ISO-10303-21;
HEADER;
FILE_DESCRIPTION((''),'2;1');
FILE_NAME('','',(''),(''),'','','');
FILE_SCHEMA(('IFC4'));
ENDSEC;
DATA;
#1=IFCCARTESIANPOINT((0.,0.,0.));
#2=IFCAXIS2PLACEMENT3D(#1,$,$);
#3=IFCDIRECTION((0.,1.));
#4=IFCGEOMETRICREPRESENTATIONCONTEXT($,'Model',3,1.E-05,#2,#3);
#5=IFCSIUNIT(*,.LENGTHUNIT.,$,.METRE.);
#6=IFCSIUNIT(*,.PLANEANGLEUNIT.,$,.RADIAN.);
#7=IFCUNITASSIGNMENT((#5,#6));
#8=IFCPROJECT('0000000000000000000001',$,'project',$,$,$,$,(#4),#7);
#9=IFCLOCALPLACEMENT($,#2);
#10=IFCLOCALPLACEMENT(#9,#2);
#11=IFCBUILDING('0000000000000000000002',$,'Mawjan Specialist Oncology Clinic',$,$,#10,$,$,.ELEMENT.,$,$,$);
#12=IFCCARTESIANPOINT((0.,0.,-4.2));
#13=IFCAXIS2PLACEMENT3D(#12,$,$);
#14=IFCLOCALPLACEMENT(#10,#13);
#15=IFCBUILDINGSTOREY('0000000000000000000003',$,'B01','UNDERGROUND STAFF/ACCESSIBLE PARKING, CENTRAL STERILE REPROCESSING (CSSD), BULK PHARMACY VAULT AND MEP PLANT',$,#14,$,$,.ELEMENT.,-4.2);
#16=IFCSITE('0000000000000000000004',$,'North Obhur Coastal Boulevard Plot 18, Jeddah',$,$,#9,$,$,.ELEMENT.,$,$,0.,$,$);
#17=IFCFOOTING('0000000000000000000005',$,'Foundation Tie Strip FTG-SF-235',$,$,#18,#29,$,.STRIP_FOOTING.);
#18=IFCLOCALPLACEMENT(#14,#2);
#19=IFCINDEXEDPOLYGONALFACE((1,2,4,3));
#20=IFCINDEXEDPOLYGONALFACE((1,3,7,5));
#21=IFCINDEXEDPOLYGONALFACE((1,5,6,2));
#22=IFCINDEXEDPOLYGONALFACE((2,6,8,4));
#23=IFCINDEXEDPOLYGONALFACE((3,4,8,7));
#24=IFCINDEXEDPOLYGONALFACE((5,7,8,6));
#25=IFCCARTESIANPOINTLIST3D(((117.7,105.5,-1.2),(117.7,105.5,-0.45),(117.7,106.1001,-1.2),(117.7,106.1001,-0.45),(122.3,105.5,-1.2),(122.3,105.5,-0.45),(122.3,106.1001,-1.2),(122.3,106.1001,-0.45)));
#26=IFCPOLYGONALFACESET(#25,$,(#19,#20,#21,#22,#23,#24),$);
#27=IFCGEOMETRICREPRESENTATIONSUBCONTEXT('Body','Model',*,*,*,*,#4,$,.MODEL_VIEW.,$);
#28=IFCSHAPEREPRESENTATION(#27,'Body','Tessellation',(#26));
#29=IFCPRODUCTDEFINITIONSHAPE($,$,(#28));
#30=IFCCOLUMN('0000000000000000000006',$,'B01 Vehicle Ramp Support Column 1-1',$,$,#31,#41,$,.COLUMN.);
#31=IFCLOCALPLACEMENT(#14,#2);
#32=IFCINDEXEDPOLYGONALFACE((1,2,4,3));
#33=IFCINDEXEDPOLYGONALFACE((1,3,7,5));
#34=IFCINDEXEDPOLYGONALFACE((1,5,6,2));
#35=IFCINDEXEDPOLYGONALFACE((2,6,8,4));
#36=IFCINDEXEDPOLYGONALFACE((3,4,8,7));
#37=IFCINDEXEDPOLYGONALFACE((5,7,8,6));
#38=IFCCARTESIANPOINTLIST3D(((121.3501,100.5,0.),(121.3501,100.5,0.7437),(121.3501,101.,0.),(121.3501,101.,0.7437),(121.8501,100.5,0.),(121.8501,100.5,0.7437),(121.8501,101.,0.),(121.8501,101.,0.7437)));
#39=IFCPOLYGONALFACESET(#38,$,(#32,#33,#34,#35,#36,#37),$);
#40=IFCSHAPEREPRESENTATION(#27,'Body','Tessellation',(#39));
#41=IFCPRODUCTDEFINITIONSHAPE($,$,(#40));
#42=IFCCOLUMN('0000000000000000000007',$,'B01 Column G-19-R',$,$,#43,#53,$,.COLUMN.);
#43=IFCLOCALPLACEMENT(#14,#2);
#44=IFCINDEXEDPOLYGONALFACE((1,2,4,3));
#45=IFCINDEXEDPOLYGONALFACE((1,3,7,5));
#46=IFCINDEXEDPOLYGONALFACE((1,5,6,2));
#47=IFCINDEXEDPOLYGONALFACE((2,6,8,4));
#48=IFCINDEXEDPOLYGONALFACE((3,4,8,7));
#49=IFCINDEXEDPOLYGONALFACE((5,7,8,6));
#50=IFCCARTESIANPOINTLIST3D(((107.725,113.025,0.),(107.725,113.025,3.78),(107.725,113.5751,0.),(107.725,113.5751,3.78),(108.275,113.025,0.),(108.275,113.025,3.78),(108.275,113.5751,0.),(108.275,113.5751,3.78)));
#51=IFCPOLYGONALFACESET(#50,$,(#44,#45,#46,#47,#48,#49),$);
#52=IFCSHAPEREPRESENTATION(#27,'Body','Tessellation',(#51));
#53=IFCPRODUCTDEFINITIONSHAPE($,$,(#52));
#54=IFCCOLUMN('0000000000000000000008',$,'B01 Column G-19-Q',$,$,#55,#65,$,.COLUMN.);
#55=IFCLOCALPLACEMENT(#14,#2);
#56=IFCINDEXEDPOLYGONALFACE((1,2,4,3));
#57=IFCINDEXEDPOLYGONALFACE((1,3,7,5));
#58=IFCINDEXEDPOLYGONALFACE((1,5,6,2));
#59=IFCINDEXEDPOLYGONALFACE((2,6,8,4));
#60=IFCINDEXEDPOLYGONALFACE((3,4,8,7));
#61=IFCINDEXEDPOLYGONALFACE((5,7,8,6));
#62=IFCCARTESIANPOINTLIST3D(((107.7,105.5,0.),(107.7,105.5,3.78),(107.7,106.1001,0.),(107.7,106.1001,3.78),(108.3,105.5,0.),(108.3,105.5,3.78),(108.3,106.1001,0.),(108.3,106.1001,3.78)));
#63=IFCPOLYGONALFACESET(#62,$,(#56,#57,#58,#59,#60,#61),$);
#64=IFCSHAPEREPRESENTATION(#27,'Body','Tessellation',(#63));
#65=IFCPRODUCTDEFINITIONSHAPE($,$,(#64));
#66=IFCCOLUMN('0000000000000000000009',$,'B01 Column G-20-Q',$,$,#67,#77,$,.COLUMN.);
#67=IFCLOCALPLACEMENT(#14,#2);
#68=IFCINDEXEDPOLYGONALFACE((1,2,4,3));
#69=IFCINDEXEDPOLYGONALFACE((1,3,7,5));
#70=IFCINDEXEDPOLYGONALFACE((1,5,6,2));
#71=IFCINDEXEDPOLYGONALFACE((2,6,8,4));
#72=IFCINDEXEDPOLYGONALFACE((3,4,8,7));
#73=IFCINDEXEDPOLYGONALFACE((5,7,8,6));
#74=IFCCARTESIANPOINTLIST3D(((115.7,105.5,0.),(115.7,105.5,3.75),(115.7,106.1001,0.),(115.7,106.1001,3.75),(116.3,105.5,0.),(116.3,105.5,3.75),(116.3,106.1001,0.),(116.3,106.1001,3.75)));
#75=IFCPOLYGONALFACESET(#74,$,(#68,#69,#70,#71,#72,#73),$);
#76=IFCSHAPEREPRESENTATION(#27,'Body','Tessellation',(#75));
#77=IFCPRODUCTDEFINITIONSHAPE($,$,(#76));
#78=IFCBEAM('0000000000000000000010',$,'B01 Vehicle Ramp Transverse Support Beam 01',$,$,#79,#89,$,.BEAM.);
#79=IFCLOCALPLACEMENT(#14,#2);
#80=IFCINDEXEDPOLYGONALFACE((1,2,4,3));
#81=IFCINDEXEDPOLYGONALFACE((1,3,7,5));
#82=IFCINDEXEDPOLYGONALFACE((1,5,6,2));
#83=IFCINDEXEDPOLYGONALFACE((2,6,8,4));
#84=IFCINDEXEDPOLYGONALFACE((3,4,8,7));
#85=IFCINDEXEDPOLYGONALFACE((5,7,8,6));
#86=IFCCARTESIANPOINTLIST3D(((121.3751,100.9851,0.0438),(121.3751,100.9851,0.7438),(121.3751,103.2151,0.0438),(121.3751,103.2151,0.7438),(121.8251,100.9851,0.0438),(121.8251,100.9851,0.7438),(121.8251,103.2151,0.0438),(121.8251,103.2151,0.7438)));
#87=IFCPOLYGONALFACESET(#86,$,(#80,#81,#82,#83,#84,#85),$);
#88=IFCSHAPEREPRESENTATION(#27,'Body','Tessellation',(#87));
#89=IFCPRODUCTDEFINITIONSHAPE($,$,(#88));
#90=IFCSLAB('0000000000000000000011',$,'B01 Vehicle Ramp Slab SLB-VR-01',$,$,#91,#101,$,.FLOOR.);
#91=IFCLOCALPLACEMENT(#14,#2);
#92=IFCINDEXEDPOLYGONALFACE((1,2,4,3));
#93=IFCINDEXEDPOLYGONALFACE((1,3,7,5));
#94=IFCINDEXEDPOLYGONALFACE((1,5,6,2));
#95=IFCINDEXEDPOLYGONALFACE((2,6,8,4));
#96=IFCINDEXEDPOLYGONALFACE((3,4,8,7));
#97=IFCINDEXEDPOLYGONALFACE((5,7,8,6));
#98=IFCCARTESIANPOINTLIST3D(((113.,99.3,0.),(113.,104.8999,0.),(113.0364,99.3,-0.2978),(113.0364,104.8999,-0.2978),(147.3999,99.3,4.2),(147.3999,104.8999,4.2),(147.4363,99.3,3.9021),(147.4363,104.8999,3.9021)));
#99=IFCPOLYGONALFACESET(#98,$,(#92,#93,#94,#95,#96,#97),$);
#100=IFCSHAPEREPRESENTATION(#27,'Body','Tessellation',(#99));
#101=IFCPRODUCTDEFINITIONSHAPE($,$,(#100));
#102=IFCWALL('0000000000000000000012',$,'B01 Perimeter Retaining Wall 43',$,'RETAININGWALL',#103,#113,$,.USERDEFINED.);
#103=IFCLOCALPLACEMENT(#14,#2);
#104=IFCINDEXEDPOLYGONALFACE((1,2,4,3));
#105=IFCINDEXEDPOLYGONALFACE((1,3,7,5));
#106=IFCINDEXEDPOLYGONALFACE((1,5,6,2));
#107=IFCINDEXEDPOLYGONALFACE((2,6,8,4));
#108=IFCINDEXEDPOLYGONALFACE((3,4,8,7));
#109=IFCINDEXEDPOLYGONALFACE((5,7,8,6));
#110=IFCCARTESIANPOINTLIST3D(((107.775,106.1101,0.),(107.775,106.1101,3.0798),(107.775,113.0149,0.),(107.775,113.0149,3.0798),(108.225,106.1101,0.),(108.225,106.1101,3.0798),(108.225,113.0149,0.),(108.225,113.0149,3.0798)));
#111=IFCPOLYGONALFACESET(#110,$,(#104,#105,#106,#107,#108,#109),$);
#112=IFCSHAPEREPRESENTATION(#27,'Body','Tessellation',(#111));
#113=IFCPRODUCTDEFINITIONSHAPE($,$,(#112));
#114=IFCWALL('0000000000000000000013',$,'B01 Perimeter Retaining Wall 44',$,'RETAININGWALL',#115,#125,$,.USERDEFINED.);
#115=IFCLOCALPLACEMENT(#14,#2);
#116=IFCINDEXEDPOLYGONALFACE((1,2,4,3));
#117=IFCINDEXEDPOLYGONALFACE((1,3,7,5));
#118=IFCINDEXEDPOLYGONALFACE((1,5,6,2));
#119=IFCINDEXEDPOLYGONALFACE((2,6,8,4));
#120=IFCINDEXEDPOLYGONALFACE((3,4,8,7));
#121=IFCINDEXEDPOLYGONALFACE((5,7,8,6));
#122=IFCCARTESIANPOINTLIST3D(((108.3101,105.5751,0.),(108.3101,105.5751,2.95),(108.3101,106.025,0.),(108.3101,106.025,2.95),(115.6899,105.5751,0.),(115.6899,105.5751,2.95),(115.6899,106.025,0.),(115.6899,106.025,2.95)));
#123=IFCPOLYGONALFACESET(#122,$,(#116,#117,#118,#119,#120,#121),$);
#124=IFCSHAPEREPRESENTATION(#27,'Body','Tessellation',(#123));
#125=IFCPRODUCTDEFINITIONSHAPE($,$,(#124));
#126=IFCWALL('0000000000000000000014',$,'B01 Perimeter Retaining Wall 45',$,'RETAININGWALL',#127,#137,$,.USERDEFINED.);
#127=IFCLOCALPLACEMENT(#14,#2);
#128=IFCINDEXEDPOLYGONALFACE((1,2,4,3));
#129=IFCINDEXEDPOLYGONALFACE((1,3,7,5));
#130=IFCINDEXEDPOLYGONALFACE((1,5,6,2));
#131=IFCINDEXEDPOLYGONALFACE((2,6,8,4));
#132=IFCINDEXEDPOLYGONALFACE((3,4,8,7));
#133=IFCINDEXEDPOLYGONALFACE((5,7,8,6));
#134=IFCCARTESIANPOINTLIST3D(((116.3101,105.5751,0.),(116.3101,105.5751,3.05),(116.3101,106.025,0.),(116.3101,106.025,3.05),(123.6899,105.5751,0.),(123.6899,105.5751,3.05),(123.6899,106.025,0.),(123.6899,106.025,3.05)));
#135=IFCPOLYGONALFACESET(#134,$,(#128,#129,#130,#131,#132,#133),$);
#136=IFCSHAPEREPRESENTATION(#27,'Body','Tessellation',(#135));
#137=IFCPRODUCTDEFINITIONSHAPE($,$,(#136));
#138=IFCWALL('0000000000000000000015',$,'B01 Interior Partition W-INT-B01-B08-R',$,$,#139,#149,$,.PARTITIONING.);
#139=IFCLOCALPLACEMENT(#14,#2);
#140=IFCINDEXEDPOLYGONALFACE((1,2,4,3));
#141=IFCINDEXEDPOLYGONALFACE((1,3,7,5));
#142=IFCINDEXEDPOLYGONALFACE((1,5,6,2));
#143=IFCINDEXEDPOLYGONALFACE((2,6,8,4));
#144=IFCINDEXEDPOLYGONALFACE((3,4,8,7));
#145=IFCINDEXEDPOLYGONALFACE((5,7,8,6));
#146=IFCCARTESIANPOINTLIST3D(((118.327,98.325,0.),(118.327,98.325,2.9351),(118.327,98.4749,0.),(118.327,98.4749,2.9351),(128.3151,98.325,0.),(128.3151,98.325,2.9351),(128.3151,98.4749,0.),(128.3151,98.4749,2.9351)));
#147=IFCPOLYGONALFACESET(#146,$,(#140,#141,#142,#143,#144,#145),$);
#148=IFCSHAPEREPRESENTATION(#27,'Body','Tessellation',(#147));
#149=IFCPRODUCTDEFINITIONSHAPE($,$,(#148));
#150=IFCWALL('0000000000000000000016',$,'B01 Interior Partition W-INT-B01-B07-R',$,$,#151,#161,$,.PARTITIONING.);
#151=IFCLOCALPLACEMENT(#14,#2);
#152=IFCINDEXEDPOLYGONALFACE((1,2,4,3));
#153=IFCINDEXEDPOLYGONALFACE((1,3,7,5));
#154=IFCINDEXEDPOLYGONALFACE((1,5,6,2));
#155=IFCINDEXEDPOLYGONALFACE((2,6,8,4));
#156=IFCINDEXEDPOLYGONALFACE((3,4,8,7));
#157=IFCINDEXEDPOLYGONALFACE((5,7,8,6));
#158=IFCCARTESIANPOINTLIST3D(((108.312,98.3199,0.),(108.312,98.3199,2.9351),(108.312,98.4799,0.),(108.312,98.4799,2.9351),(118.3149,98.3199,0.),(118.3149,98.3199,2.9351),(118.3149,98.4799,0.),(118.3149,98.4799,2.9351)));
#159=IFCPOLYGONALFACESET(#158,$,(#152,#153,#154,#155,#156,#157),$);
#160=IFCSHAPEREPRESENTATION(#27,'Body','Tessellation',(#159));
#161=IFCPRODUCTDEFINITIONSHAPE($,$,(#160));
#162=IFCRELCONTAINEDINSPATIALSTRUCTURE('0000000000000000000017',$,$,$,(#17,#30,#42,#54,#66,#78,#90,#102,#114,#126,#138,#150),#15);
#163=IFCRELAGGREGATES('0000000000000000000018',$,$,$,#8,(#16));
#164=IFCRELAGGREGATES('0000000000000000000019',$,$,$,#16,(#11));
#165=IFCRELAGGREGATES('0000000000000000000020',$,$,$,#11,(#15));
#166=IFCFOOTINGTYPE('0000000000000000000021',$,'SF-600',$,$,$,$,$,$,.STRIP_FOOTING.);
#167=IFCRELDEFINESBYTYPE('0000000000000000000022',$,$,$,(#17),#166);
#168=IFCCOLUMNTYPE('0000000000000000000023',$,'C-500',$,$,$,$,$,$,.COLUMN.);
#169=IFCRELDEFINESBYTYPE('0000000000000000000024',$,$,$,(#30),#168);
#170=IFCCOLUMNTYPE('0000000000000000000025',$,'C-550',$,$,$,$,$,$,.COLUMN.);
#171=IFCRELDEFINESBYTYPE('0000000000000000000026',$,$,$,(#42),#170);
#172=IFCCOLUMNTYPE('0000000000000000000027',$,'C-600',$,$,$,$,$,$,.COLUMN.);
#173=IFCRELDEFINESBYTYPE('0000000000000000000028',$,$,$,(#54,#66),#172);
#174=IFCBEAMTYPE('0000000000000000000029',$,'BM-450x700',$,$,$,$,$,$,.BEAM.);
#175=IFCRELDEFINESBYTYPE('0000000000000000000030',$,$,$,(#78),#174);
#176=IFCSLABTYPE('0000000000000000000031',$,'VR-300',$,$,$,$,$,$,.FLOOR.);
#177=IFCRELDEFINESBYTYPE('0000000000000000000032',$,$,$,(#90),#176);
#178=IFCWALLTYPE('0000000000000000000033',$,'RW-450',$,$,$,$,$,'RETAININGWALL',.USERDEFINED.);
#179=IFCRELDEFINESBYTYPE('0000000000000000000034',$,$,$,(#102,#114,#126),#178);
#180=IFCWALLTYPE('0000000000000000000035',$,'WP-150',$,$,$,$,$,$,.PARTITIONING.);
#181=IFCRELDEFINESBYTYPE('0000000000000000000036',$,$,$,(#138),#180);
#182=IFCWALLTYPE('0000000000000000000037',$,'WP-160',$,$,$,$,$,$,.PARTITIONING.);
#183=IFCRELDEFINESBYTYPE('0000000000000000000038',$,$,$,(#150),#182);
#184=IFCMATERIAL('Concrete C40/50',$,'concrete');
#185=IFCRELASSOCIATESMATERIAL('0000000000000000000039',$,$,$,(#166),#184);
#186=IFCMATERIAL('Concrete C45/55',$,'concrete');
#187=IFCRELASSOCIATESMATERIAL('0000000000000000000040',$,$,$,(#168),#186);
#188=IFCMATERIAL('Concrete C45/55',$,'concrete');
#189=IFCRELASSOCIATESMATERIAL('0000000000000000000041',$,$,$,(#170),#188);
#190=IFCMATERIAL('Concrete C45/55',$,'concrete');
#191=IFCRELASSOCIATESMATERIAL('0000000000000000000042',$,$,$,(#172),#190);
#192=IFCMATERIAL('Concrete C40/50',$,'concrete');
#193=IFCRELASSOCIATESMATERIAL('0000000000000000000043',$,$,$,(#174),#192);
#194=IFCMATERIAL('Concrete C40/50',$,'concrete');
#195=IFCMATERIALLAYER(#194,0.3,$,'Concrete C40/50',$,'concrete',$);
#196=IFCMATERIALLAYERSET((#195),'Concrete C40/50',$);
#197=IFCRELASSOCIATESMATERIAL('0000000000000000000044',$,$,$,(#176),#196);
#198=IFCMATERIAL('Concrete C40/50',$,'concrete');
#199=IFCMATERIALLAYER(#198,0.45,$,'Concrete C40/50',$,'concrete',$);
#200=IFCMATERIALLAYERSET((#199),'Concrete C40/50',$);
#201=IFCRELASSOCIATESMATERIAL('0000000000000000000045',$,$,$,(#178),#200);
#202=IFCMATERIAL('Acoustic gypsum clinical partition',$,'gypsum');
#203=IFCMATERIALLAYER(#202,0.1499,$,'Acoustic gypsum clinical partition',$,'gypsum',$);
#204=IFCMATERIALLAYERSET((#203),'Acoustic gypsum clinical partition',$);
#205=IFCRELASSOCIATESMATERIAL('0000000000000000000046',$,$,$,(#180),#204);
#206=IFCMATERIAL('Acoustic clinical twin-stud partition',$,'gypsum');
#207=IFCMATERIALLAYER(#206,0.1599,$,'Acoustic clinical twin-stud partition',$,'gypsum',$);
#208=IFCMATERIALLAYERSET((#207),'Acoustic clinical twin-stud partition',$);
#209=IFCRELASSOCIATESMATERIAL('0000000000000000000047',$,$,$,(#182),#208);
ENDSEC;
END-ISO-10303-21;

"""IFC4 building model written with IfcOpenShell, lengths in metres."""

from ifc_helpers import new_model, si_unit, direction, frame, frame_2d, origin, origin_2d, place, context, subcontext, project, spatial, polyline, rectangle, outline, extrude, material, layer, layer_set, material_profile, profile_set, type_object, element, save


model = new_model("IFC4")

# Units and contexts
model_context = context("Model", 3, precision=1e-05, world=origin(), true_north=direction((0.0, 1.0)))
body_context = subcontext(model_context, "Body", "Model", "MODEL_VIEW")
ifc_project = project(units=[si_unit("LENGTHUNIT", "METRE"), si_unit("PLANEANGLEUNIT", "RADIAN")], contexts=[model_context])

# Site, building, storey
site_placement = place(None, origin())
site = spatial("IfcSite", under=ifc_project, at=site_placement, Name="North Obhur Coastal Boulevard Plot 18, Jeddah", CompositionType="ELEMENT", RefElevation=0.0)
building_placement = place(site_placement, origin())
building = spatial("IfcBuilding", under=site, at=building_placement, Name="Mawjan Specialist Oncology Clinic", CompositionType="ELEMENT")
storey_placement = place(building_placement, frame((0.0, 0.0, -4.2)))
storey = spatial("IfcBuildingStorey", under=building, at=storey_placement, Name="B01", Description="UNDERGROUND STAFF/ACCESSIBLE PARKING, CENTRAL STERILE REPROCESSING (CSSD), BULK PHARMACY VAULT AND MEP PLANT", CompositionType="ELEMENT", Elevation=-4.2)

# Footing
ifc_material_1 = material(Name="Concrete C40/50", Category="concrete")
footing_type_1 = type_object("IfcFootingType", Name="SF-600", PredefinedType="STRIP_FOOTING", material=ifc_material_1)
footing_1_placement = place(storey_placement, frame((120.0, 105.8, -1.2), z_axis=(0.0, 0.0, 1.0), x_axis=(1.0, 0.0, 0.0)))
element("IfcFooting", 1, at=footing_1_placement, inside=storey, type_object=footing_type_1, Name="Foundation Tie Strip FTG-SF-235", PredefinedType="STRIP_FOOTING", context=body_context, shape_type="SweptSolid", body=[
    extrude(rectangle(XDim=4.6001, YDim=0.6001, at=origin_2d()), origin(), (0.0, 0.0, 1.0), 0.75),
])

# Columns
ifc_material_2 = material(Name="Concrete C45/55", Category="concrete")
ifc_material_profile_1 = material_profile(ifc_material_2, rectangle(XDim=0.5, YDim=0.5, at=origin_2d()), Name="RC COL 500x500", Category="concrete")
ifc_profile_set_1 = profile_set([ifc_material_profile_1], Name="Concrete C45/55")
column_type_1 = type_object("IfcColumnType", Name="C-500", PredefinedType="COLUMN", material=ifc_profile_set_1)
column_1_placement = place(storey_placement, frame((121.6001, 100.75, 0.0), z_axis=(0.0, 0.0, 1.0), x_axis=(1.0, 0.0, 0.0)))
element("IfcColumn", 2, at=column_1_placement, inside=storey, type_object=column_type_1, Name="B01 Vehicle Ramp Support Column 1-1", PredefinedType="COLUMN", context=body_context, shape_type="SweptSolid", body=[
    extrude(rectangle(XDim=0.5, YDim=0.5, at=origin_2d()), origin(), (0.0, 0.0, 1.0), 0.7437),
])
ifc_material_3 = material(Name="Concrete C45/55", Category="concrete")
ifc_material_profile_2 = material_profile(ifc_material_3, rectangle(XDim=0.55, YDim=0.55, at=origin_2d()), Name="RC COL 550x550", Category="concrete")
ifc_profile_set_2 = profile_set([ifc_material_profile_2], Name="Concrete C45/55")
column_type_2 = type_object("IfcColumnType", Name="C-550", PredefinedType="COLUMN", material=ifc_profile_set_2)
column_2_placement = place(storey_placement, frame((108.0, 113.3, 0.0), z_axis=(0.0, 0.0, 1.0), x_axis=(1.0, 0.0, 0.0)))
element("IfcColumn", 3, at=column_2_placement, inside=storey, type_object=column_type_2, Name="B01 Column G-19-R", PredefinedType="COLUMN", context=body_context, shape_type="SweptSolid", body=[
    extrude(rectangle(XDim=0.55, YDim=0.55, at=origin_2d()), origin(), (0.0, 0.0, 1.0), 3.78),
])
ifc_material_4 = material(Name="Concrete C45/55", Category="concrete")
ifc_material_profile_3 = material_profile(ifc_material_4, rectangle(XDim=0.6001, YDim=0.6001, at=origin_2d()), Name="RC COL 600x600", Category="concrete")
ifc_profile_set_3 = profile_set([ifc_material_profile_3], Name="Concrete C45/55")
column_type_3 = type_object("IfcColumnType", Name="C-600", PredefinedType="COLUMN", material=ifc_profile_set_3)
column_3_placement = place(storey_placement, frame((108.0, 105.8, 0.0), z_axis=(0.0, 0.0, 1.0), x_axis=(1.0, 0.0, 0.0)))
element("IfcColumn", 4, at=column_3_placement, inside=storey, type_object=column_type_3, Name="B01 Column G-19-Q", PredefinedType="COLUMN", context=body_context, shape_type="SweptSolid", body=[
    extrude(rectangle(XDim=0.6001, YDim=0.6001, at=origin_2d()), origin(), (0.0, 0.0, 1.0), 3.78),
])
column_4_placement = place(storey_placement, frame((116.0, 105.8, 0.0), z_axis=(0.0, 0.0, 1.0), x_axis=(1.0, 0.0, 0.0)))
element("IfcColumn", 5, at=column_4_placement, inside=storey, type_object=column_type_3, Name="B01 Column G-20-Q", PredefinedType="COLUMN", context=body_context, shape_type="SweptSolid", body=[
    extrude(rectangle(XDim=0.6001, YDim=0.6001, at=origin_2d()), origin(), (0.0, 0.0, 1.0), 3.75),
])

# Beam
ifc_material_5 = material(Name="Concrete C40/50", Category="concrete")
ifc_material_profile_4 = material_profile(ifc_material_5, rectangle(XDim=0.45, YDim=0.7, at=origin_2d()), Name="RC BM 450x700", Category="concrete")
ifc_profile_set_4 = profile_set([ifc_material_profile_4], Name="Concrete C40/50")
beam_type = type_object("IfcBeamType", Name="BM-450x700", PredefinedType="BEAM", material=ifc_profile_set_4)
beam_placement = place(storey_placement, frame((121.6001, 100.9851, 0.3938), z_axis=(0.0, 1.0, 0.0), x_axis=(-1.0, 0.0, 0.0)))
element("IfcBeam", 6, at=beam_placement, inside=storey, type_object=beam_type, Name="B01 Vehicle Ramp Transverse Support Beam 01", PredefinedType="BEAM", context=body_context, shape_type="SweptSolid", body=[
    extrude(rectangle(XDim=0.45, YDim=0.7, at=origin_2d()), origin(), (0.0, 0.0, 1.0), 2.23),
])

# Slab
ifc_material_6 = material(Name="Concrete C40/50", Category="concrete")
ifc_layer_1 = layer(ifc_material_6, 0.3, Name="Concrete C40/50", Category="concrete")
ifc_layer_set_1 = layer_set([ifc_layer_1], Name="Concrete C40/50")
slab_type = type_object("IfcSlabType", Name="VR-300", PredefinedType="FLOOR", material=ifc_layer_set_1)
slab_placement = place(storey_placement, frame((113.0, 99.3, 0.0), z_axis=(-0.121192, 0.0, 0.992629), x_axis=(0.992629, 0.0, 0.121192)))
element("IfcSlab", 7, at=slab_placement, inside=storey, type_object=slab_type, Name="B01 Vehicle Ramp Slab SLB-VR-01", PredefinedType="FLOOR", context=body_context, shape_type="SweptSolid", body=[
    extrude(outline(polyline([(0.0, 0.0), (34.6553, 0.0), (34.6553, 5.5999), (0.0, 5.5999), (0.0, 0.0)])), origin(), (0.0, 0.0, -1.0), 0.3),
])

# Walls
ifc_material_7 = material(Name="Concrete C40/50", Category="concrete")
ifc_layer_2 = layer(ifc_material_7, 0.45, Name="Concrete C40/50", Category="concrete")
ifc_layer_set_2 = layer_set([ifc_layer_2], Name="Concrete C40/50")
wall_type_1 = type_object("IfcWallType", Name="RW-450", ElementType="RETAININGWALL", PredefinedType="USERDEFINED", material=ifc_layer_set_2)
wall_1_placement = place(storey_placement, frame((108.0, 113.0149, 0.0), z_axis=(0.0, 0.0, 1.0), x_axis=(0.0, -1.0, 0.0)))
element("IfcWall", 8, at=wall_1_placement, inside=storey, type_object=wall_type_1, Name="B01 Perimeter Retaining Wall 43", ObjectType="RETAININGWALL", PredefinedType="USERDEFINED", context=body_context, shape_type="SweptSolid", body=[
    extrude(rectangle(XDim=6.9048, YDim=0.45, at=frame_2d((3.4524, 0.0))), origin(), (0.0, 0.0, 1.0), 3.0798),
])
wall_2_placement = place(storey_placement, frame((108.3101, 105.8, 0.0), z_axis=(0.0, 0.0, 1.0), x_axis=(1.0, 0.0, 0.0)))
element("IfcWall", 9, at=wall_2_placement, inside=storey, type_object=wall_type_1, Name="B01 Perimeter Retaining Wall 44", ObjectType="RETAININGWALL", PredefinedType="USERDEFINED", context=body_context, shape_type="SweptSolid", body=[
    extrude(rectangle(XDim=7.3799, YDim=0.45, at=frame_2d((3.6899, 0.0))), origin(), (0.0, 0.0, 1.0), 2.95),
])
wall_3_placement = place(storey_placement, frame((116.3101, 105.8, 0.0), z_axis=(0.0, 0.0, 1.0), x_axis=(1.0, 0.0, 0.0)))
element("IfcWall", 10, at=wall_3_placement, inside=storey, type_object=wall_type_1, Name="B01 Perimeter Retaining Wall 45", ObjectType="RETAININGWALL", PredefinedType="USERDEFINED", context=body_context, shape_type="SweptSolid", body=[
    extrude(rectangle(XDim=7.3799, YDim=0.45, at=frame_2d((3.6899, 0.0))), origin(), (0.0, 0.0, 1.0), 3.05),
])
ifc_material_8 = material(Name="Acoustic gypsum clinical partition", Category="gypsum")
ifc_layer_3 = layer(ifc_material_8, 0.1499, Name="Acoustic gypsum clinical partition", Category="gypsum")
ifc_layer_set_3 = layer_set([ifc_layer_3], Name="Acoustic gypsum clinical partition")
wall_type_2 = type_object("IfcWallType", Name="WP-150", PredefinedType="PARTITIONING", material=ifc_layer_set_3)
wall_4_placement = place(storey_placement, frame((118.3269, 98.3999, 0.0), z_axis=(0.0, 0.0, 1.0), x_axis=(1.0, 0.0, 0.0)))
element("IfcWall", 11, at=wall_4_placement, inside=storey, type_object=wall_type_2, Name="B01 Interior Partition W-INT-B01-B08-R", PredefinedType="PARTITIONING", context=body_context, shape_type="SweptSolid", body=[
    extrude(rectangle(XDim=9.988, YDim=0.1499, at=frame_2d((4.9941, 0.0))), origin(), (0.0, 0.0, 1.0), 2.9351),
])
ifc_material_9 = material(Name="Acoustic clinical twin-stud partition", Category="gypsum")
ifc_layer_4 = layer(ifc_material_9, 0.1599, Name="Acoustic clinical twin-stud partition", Category="gypsum")
ifc_layer_set_4 = layer_set([ifc_layer_4], Name="Acoustic clinical twin-stud partition")
wall_type_3 = type_object("IfcWallType", Name="WP-160", PredefinedType="PARTITIONING", material=ifc_layer_set_4)
wall_5_placement = place(storey_placement, frame((108.312, 98.3999, 0.0), z_axis=(0.0, 0.0, 1.0), x_axis=(1.0, 0.0, 0.0)))
element("IfcWall", 12, at=wall_5_placement, inside=storey, type_object=wall_type_3, Name="B01 Interior Partition W-INT-B01-B07-R", PredefinedType="PARTITIONING", context=body_context, shape_type="SweptSolid", body=[
    extrude(rectangle(XDim=10.0029, YDim=0.1599, at=frame_2d((5.0015, 0.0))), origin(), (0.0, 0.0, 1.0), 2.9351),
])

save(model, "model.ifc")
